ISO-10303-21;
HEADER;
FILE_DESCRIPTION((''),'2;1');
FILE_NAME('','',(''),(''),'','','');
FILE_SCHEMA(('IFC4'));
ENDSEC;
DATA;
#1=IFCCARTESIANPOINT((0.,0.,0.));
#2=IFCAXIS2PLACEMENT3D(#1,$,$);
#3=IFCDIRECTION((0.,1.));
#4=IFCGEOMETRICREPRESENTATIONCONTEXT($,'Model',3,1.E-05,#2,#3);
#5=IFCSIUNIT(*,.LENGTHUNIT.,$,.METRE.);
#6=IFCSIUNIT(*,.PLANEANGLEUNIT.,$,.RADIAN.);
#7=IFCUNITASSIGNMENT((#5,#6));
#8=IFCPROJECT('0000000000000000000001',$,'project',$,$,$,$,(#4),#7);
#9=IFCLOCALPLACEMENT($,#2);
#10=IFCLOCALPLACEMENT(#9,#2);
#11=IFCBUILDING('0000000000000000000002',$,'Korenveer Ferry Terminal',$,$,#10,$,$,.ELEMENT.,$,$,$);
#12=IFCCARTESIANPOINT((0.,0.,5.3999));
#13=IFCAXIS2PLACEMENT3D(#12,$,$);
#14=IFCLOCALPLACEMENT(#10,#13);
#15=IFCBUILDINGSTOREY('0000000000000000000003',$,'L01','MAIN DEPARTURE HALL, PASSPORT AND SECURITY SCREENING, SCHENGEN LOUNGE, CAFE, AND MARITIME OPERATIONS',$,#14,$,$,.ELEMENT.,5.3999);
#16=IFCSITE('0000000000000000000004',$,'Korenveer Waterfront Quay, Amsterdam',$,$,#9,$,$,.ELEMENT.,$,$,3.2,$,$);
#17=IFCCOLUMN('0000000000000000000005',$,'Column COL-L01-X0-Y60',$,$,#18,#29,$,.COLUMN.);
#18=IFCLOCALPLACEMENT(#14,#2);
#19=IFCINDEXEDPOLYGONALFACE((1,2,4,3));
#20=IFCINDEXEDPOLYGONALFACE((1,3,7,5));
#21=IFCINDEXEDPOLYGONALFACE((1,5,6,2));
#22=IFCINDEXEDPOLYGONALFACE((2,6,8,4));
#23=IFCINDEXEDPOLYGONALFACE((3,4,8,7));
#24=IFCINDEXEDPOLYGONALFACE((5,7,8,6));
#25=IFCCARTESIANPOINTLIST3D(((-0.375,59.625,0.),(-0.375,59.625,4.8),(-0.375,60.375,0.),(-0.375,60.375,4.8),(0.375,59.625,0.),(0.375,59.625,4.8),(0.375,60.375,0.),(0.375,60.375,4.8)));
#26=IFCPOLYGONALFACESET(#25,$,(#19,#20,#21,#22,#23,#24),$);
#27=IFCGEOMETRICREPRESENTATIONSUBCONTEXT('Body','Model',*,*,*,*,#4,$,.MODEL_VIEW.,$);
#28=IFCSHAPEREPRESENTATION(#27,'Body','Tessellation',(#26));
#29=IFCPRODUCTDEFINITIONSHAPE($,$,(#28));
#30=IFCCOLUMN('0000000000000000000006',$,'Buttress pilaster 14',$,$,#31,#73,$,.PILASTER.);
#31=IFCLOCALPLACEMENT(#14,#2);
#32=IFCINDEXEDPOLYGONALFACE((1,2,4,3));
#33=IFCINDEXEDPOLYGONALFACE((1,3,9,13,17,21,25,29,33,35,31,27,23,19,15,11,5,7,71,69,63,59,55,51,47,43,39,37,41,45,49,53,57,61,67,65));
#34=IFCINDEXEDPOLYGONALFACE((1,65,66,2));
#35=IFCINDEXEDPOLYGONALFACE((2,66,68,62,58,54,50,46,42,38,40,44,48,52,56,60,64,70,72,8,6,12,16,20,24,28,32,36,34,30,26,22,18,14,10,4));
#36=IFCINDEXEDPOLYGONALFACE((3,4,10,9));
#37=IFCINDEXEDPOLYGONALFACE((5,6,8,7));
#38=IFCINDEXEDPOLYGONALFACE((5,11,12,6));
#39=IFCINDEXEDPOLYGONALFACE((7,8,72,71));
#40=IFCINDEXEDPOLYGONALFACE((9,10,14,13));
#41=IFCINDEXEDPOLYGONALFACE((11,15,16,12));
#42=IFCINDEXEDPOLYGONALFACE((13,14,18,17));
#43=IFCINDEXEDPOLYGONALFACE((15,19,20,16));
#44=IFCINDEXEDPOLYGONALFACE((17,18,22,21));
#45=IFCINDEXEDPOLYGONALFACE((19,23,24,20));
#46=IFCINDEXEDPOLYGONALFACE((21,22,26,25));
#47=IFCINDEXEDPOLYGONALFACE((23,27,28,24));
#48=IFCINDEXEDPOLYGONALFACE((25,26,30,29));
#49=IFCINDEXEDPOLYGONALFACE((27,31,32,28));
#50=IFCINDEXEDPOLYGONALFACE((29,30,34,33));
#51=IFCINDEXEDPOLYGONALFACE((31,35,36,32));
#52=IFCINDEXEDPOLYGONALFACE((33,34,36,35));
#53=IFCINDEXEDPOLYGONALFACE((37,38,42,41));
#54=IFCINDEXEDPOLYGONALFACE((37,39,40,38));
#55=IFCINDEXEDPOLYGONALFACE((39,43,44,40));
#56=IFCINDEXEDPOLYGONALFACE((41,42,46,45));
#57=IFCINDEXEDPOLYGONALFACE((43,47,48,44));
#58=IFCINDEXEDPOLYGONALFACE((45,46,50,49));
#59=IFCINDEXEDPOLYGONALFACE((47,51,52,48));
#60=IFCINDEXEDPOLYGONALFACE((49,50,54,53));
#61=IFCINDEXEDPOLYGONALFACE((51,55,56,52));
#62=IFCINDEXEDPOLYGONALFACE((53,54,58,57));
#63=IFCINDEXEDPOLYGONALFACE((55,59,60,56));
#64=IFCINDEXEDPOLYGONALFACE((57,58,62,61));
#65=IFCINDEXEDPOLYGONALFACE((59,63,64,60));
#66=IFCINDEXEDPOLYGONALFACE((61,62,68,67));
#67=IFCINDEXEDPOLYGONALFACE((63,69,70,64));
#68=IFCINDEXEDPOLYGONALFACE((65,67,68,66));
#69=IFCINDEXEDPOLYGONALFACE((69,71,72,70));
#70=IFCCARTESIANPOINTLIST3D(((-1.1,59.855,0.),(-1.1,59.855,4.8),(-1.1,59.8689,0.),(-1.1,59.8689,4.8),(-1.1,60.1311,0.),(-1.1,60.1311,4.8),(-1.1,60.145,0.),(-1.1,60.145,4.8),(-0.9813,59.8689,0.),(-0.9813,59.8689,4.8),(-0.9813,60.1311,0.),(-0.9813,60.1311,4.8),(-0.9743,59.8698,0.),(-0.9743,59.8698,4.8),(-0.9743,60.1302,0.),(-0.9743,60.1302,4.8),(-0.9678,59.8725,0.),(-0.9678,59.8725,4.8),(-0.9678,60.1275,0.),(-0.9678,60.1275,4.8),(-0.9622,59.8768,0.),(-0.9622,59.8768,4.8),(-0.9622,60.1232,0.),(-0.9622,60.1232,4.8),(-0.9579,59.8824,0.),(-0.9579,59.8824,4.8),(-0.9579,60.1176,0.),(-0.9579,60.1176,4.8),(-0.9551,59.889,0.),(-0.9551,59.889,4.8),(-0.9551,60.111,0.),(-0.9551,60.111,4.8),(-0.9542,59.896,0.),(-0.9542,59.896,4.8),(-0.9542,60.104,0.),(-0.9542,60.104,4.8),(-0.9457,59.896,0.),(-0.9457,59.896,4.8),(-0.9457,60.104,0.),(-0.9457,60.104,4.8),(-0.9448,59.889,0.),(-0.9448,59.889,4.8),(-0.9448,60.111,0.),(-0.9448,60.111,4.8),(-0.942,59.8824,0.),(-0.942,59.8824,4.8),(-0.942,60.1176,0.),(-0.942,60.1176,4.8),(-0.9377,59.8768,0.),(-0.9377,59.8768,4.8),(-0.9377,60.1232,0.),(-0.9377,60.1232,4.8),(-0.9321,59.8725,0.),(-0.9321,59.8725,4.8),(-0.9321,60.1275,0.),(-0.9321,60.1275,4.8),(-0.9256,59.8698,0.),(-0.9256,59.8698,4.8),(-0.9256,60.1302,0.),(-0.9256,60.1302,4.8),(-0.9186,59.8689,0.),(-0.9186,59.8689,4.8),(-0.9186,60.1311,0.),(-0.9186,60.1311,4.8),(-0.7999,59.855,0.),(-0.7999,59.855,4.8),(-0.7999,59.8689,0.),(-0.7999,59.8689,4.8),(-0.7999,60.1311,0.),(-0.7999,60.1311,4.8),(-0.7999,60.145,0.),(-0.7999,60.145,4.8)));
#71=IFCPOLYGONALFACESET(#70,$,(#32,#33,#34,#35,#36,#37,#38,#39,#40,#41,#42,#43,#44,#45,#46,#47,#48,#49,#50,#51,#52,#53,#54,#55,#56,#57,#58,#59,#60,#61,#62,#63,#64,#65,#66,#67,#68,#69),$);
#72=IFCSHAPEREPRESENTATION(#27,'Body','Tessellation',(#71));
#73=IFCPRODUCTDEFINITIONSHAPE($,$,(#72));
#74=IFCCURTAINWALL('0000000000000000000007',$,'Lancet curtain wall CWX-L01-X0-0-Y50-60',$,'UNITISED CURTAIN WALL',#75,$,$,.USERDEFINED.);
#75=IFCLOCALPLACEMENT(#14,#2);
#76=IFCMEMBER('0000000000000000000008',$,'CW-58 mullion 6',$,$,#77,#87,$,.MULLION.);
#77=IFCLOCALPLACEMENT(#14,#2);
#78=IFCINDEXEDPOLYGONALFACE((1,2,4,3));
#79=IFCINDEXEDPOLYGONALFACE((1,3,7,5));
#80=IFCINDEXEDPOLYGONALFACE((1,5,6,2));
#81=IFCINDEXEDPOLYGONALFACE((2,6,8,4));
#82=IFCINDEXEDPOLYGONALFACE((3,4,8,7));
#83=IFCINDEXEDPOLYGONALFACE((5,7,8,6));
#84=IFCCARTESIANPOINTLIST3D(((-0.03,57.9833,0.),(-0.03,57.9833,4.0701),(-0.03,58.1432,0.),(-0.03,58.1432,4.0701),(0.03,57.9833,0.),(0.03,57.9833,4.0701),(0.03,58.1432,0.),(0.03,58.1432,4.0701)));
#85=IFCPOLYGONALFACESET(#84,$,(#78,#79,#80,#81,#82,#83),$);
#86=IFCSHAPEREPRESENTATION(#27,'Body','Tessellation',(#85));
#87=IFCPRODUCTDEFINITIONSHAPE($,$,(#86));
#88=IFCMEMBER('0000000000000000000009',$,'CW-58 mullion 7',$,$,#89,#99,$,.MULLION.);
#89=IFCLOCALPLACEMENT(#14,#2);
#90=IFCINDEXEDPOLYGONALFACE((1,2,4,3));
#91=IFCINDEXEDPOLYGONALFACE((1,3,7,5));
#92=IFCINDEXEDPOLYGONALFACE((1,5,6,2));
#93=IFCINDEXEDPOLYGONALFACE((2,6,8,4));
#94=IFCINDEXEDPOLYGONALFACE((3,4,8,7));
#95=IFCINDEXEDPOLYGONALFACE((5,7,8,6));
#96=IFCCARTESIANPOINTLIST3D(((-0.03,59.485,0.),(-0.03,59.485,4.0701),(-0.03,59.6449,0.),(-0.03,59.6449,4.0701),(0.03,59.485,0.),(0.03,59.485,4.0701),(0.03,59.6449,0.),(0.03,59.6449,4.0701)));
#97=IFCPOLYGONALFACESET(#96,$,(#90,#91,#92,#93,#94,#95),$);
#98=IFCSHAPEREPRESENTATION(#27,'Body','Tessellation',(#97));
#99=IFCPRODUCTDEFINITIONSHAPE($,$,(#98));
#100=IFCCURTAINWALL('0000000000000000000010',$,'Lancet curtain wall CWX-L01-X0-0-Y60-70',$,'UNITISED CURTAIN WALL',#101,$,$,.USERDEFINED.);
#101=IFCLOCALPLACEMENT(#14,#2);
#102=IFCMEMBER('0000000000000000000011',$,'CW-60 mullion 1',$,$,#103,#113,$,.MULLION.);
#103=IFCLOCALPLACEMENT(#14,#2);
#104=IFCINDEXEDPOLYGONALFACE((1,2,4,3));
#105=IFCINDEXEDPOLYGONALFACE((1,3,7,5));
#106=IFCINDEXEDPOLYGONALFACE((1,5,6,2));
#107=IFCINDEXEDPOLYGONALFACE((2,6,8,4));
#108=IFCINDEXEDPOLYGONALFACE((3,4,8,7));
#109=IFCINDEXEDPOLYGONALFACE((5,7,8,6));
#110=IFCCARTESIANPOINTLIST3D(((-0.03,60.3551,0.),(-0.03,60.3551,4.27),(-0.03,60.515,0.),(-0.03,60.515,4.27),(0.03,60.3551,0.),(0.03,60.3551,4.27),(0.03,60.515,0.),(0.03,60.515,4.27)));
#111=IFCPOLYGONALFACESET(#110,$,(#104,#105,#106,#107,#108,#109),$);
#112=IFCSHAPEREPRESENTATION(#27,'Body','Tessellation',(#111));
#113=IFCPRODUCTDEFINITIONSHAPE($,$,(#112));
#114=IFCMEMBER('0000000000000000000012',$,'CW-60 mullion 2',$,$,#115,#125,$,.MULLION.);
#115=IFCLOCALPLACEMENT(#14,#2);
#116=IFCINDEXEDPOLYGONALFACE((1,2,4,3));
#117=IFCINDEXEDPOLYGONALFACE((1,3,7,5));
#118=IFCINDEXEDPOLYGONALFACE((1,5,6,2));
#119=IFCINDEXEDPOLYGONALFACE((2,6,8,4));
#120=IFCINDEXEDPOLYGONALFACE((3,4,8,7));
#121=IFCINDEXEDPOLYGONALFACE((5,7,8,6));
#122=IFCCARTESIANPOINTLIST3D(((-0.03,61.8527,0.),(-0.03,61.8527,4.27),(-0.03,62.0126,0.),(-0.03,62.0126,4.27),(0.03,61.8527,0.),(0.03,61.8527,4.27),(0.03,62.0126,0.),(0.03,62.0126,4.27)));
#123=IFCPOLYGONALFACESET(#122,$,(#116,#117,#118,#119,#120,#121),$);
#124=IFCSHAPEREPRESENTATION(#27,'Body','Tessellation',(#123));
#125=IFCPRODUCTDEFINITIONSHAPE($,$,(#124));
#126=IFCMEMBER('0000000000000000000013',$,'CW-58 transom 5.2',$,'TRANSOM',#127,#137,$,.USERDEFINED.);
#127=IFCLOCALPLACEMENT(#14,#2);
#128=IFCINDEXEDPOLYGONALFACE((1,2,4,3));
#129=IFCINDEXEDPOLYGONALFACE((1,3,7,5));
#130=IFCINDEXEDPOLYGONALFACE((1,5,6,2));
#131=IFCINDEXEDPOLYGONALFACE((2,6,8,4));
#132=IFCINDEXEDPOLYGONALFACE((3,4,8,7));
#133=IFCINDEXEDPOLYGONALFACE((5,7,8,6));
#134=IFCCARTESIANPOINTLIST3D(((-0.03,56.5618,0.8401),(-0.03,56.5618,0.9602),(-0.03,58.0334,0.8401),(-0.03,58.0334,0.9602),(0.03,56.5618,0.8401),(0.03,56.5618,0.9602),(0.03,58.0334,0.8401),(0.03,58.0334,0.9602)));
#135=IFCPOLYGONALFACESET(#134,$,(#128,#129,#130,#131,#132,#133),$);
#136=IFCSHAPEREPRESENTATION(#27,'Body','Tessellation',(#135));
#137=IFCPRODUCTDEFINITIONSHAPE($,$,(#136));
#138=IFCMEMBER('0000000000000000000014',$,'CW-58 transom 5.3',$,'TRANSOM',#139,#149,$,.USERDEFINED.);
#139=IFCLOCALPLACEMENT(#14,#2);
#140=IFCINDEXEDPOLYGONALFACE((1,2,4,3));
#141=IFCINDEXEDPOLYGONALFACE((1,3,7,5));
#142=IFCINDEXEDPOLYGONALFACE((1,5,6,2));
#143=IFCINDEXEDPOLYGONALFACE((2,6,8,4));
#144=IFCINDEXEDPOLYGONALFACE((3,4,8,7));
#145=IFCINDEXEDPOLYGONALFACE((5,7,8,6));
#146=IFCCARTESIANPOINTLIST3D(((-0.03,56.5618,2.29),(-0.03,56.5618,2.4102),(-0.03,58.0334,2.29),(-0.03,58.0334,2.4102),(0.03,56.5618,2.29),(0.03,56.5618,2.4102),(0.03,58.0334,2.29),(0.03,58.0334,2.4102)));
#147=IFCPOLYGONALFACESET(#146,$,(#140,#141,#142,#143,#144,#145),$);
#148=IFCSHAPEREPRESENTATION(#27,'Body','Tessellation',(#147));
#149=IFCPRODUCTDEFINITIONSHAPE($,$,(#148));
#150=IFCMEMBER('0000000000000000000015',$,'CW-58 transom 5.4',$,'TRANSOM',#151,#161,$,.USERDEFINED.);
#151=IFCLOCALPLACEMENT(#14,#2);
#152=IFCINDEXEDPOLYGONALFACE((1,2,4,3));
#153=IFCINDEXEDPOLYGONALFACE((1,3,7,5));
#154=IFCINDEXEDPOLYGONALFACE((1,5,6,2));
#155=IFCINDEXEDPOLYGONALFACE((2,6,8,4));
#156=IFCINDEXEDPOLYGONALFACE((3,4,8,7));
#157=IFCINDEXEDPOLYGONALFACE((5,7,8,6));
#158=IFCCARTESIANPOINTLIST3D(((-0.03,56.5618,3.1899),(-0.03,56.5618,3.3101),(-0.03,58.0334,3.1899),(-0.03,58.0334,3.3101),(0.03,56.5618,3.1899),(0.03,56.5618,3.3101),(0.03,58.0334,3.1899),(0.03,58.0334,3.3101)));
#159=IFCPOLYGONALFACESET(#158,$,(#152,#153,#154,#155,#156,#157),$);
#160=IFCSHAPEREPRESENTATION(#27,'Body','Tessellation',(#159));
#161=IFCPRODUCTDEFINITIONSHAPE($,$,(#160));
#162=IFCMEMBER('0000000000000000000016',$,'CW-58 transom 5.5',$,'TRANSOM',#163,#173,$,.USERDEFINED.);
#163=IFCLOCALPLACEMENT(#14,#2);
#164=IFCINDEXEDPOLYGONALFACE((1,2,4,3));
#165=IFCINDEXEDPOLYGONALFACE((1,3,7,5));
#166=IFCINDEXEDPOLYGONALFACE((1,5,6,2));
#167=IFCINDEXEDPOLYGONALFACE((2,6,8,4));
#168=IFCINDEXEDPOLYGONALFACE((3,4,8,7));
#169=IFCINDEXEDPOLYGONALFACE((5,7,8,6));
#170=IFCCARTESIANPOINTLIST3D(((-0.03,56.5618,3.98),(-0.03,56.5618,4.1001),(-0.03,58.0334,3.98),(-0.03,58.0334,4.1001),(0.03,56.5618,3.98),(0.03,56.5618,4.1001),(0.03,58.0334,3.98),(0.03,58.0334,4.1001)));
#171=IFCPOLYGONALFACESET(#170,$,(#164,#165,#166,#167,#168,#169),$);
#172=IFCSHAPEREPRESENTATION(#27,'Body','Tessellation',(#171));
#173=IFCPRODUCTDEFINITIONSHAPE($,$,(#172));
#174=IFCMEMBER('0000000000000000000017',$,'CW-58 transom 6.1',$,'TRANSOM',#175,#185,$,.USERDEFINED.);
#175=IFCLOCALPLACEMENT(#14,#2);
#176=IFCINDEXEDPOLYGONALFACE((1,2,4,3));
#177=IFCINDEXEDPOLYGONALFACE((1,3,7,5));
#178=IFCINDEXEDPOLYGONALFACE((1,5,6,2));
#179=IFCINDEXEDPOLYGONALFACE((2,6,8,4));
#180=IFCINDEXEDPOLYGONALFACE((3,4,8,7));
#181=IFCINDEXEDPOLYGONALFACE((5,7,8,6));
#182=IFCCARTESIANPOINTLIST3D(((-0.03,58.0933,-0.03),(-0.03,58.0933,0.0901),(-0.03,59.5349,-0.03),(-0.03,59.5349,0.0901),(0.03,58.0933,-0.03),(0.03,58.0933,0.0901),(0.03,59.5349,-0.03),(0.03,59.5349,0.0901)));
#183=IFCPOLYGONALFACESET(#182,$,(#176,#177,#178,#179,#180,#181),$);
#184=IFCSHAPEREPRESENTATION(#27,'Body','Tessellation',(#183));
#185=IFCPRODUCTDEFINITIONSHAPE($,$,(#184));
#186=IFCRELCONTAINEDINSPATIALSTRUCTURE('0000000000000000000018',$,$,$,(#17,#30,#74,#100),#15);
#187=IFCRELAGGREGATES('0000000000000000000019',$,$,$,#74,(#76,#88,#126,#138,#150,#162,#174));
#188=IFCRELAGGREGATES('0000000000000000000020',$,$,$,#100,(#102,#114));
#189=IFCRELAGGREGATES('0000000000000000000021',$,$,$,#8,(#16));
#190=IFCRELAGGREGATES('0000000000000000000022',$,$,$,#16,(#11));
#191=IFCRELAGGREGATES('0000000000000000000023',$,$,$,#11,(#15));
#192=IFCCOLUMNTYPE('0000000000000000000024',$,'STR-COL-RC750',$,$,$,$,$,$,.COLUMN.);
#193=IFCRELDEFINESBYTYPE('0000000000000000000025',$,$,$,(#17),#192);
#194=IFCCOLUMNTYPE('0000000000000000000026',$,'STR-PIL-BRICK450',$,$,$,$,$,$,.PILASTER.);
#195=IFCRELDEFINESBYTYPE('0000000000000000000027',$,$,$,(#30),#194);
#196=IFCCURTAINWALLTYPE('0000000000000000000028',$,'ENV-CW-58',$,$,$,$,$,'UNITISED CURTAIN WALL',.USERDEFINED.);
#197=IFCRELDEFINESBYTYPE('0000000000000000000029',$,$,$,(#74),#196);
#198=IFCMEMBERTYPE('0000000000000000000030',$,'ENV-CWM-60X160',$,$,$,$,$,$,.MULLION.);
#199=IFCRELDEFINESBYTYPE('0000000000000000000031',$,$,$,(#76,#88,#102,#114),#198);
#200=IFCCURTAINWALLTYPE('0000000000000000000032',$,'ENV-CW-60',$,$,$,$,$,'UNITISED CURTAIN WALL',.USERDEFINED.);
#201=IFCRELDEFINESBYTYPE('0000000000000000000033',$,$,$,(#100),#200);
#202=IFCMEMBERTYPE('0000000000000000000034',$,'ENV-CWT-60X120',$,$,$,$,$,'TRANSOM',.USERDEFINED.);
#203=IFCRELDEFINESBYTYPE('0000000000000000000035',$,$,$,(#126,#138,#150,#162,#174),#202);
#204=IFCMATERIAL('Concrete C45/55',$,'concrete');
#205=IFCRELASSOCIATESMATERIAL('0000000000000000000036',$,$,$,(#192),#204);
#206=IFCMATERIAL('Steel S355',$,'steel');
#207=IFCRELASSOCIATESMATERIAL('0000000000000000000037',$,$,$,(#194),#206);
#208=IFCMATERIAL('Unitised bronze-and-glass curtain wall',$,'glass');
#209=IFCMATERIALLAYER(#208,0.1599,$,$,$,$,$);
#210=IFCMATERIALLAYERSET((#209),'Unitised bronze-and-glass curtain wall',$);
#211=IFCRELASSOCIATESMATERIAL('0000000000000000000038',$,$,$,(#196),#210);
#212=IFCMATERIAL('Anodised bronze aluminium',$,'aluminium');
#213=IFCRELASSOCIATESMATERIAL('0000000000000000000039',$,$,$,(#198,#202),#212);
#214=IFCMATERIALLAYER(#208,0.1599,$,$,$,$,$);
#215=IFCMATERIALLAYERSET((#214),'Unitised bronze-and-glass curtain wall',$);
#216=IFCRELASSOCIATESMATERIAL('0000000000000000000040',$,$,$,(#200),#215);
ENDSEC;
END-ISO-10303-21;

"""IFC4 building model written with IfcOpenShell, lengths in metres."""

from ifc_helpers import new_model, si_unit, direction, frame, origin, origin_2d, place, context, subcontext, project, spatial, rectangle, i_section, extrude, material, layer, layer_set, material_profile, profile_set, type_object, element, aggregate, save


model = new_model("IFC4")

# Units and contexts
model_context = context("Model", 3, precision=1e-05, world=origin(), true_north=direction((0.0, 1.0)))
body_context = subcontext(model_context, "Body", "Model", "MODEL_VIEW")
ifc_project = project(units=[si_unit("LENGTHUNIT", "METRE"), si_unit("PLANEANGLEUNIT", "RADIAN")], contexts=[model_context])

# Site, building, storey
site_placement = place(None, origin())
site = spatial("IfcSite", under=ifc_project, at=site_placement, Name="Korenveer Waterfront Quay, Amsterdam", CompositionType="ELEMENT", RefElevation=3.2)
building_placement = place(site_placement, origin())
building = spatial("IfcBuilding", under=site, at=building_placement, Name="Korenveer Ferry Terminal", CompositionType="ELEMENT")
storey_placement = place(building_placement, frame((0.0, 0.0, 5.3999)))
storey = spatial("IfcBuildingStorey", under=building, at=storey_placement, Name="L01", Description="MAIN DEPARTURE HALL, PASSPORT AND SECURITY SCREENING, SCHENGEN LOUNGE, CAFE, AND MARITIME OPERATIONS", CompositionType="ELEMENT", Elevation=5.3999)

# Columns
ifc_material_1 = material(Name="Concrete C45/55", Category="concrete")
ifc_material_profile_1 = material_profile(ifc_material_1, rectangle(XDim=0.75, YDim=0.75, at=origin_2d()), Name="RC 750x750")
ifc_profile_set_1 = profile_set([ifc_material_profile_1], Name="Concrete C45/55")
column_type_1 = type_object("IfcColumnType", Name="STR-COL-RC750", PredefinedType="COLUMN", material=ifc_profile_set_1)
column_1_placement = place(storey_placement, frame((0.0, 60.0, 0.0), z_axis=(0.0, 0.0, 1.0), x_axis=(1.0, 0.0, 0.0)))
element("IfcColumn", 1, at=column_1_placement, inside=storey, type_object=column_type_1, Name="Column COL-L01-X0-Y60", PredefinedType="COLUMN", context=body_context, shape_type="SweptSolid", body=[
    extrude(rectangle(XDim=0.75, YDim=0.75, at=origin_2d()), origin(), (0.0, 0.0, 1.0), 4.8),
])
ifc_material_2 = material(Name="Steel S355", Category="steel")
ifc_material_profile_2 = material_profile(ifc_material_2, i_section(OverallWidth=0.3, OverallDepth=0.29, WebThickness=0.0085, FlangeThickness=0.0139, FilletRadius=0.0271, at=origin_2d()), Name="HEA 300")
ifc_profile_set_2 = profile_set([ifc_material_profile_2], Name="Steel S355")
column_type_2 = type_object("IfcColumnType", Name="STR-PIL-BRICK450", PredefinedType="PILASTER", material=ifc_profile_set_2)
column_2_placement = place(storey_placement, frame((-0.95, 60.0, 0.0), z_axis=(0.0, 0.0, 1.0), x_axis=(1.0, 0.0, 0.0)))
element("IfcColumn", 2, at=column_2_placement, inside=storey, type_object=column_type_2, Name="Buttress pilaster 14", PredefinedType="PILASTER", context=body_context, shape_type="SweptSolid", body=[
    extrude(i_section(OverallWidth=0.3, OverallDepth=0.29, WebThickness=0.0085, FlangeThickness=0.0139, FilletRadius=0.0271, at=origin_2d()), origin(), (0.0, 0.0, 1.0), 4.8),
])

# Curtain walls, members
ifc_material_3 = material(Name="Unitised bronze-and-glass curtain wall", Category="glass")
ifc_layer_1 = layer(ifc_material_3, 0.1599)
ifc_layer_set_1 = layer_set([ifc_layer_1], Name="Unitised bronze-and-glass curtain wall")
curtain_wall_type_1 = type_object("IfcCurtainWallType", Name="ENV-CW-58", ElementType="UNITISED CURTAIN WALL", PredefinedType="USERDEFINED", material=ifc_layer_set_1)
curtain_wall_1_placement = place(storey_placement, frame((0.0, 50.405, 0.0)))
curtain_wall_1 = element("IfcCurtainWall", 3, at=curtain_wall_1_placement, inside=storey, type_object=curtain_wall_type_1, Name="Lancet curtain wall CWX-L01-X0-0-Y50-60", ObjectType="UNITISED CURTAIN WALL", PredefinedType="USERDEFINED")
ifc_material_4 = material(Name="Anodised bronze aluminium", Category="aluminium")
ifc_material_profile_3 = material_profile(ifc_material_4, rectangle(XDim=0.0601, YDim=0.1599, at=origin_2d()), Name="ALU 60x160")
ifc_profile_set_3 = profile_set([ifc_material_profile_3], Name="Anodised bronze aluminium")
member_type_1 = type_object("IfcMemberType", Name="ENV-CWM-60X160", PredefinedType="MULLION", material=ifc_profile_set_3)
member_1_placement = place(storey_placement, frame((0.0, 58.0632, 0.0), z_axis=(0.0, 0.0, 1.0), x_axis=(-1.0, 0.0, 0.0)))
member_1 = element("IfcMember", 4, at=member_1_placement, type_object=member_type_1, Name="CW-58 mullion 6", PredefinedType="MULLION", context=body_context, shape_type="SweptSolid", body=[
    extrude(rectangle(XDim=0.0601, YDim=0.1599, at=origin_2d()), origin(), (0.0, 0.0, 1.0), 4.0701),
])
member_2_placement = place(storey_placement, frame((0.0, 59.5649, 0.0), z_axis=(0.0, 0.0, 1.0), x_axis=(-1.0, 0.0, 0.0)))
member_2 = element("IfcMember", 5, at=member_2_placement, type_object=member_type_1, Name="CW-58 mullion 7", PredefinedType="MULLION", context=body_context, shape_type="SweptSolid", body=[
    extrude(rectangle(XDim=0.0601, YDim=0.1599, at=origin_2d()), origin(), (0.0, 0.0, 1.0), 4.0701),
])
ifc_layer_2 = layer(ifc_material_3, 0.1599)
ifc_layer_set_2 = layer_set([ifc_layer_2], Name="Unitised bronze-and-glass curtain wall")
curtain_wall_type_2 = type_object("IfcCurtainWallType", Name="ENV-CW-60", ElementType="UNITISED CURTAIN WALL", PredefinedType="USERDEFINED", material=ifc_layer_set_2)
curtain_wall_2_placement = place(storey_placement, frame((0.0, 60.405, 0.0)))
curtain_wall_2 = element("IfcCurtainWall", 6, at=curtain_wall_2_placement, inside=storey, type_object=curtain_wall_type_2, Name="Lancet curtain wall CWX-L01-X0-0-Y60-70", ObjectType="UNITISED CURTAIN WALL", PredefinedType="USERDEFINED")
member_3_placement = place(storey_placement, frame((0.0, 60.4351, 0.0), z_axis=(0.0, 0.0, 1.0), x_axis=(-1.0, 0.0, 0.0)))
member_3 = element("IfcMember", 7, at=member_3_placement, type_object=member_type_1, Name="CW-60 mullion 1", PredefinedType="MULLION", context=body_context, shape_type="SweptSolid", body=[
    extrude(rectangle(XDim=0.0601, YDim=0.1599, at=origin_2d()), origin(), (0.0, 0.0, 1.0), 4.27),
])
member_4_placement = place(storey_placement, frame((0.0, 61.9326, 0.0), z_axis=(0.0, 0.0, 1.0), x_axis=(-1.0, 0.0, 0.0)))
member_4 = element("IfcMember", 8, at=member_4_placement, type_object=member_type_1, Name="CW-60 mullion 2", PredefinedType="MULLION", context=body_context, shape_type="SweptSolid", body=[
    extrude(rectangle(XDim=0.0601, YDim=0.1599, at=origin_2d()), origin(), (0.0, 0.0, 1.0), 4.27),
])

# Members
ifc_material_profile_4 = material_profile(ifc_material_4, rectangle(XDim=0.0601, YDim=0.1201, at=origin_2d()), Name="ALU 60x120")
ifc_profile_set_4 = profile_set([ifc_material_profile_4], Name="Anodised bronze aluminium")
member_type_2 = type_object("IfcMemberType", Name="ENV-CWT-60X120", ElementType="TRANSOM", PredefinedType="USERDEFINED", material=ifc_profile_set_4)
member_5_placement = place(storey_placement, frame((0.0, 56.5618, 0.9001), z_axis=(0.0, 1.0, 0.0), x_axis=(-1.0, 0.0, 0.0)))
member_5 = element("IfcMember", 9, at=member_5_placement, type_object=member_type_2, Name="CW-58 transom 5.2", ObjectType="TRANSOM", PredefinedType="USERDEFINED", context=body_context, shape_type="SweptSolid", body=[
    extrude(rectangle(XDim=0.0601, YDim=0.1201, at=origin_2d()), origin(), (0.0, 0.0, 1.0), 1.4717),
])
member_6_placement = place(storey_placement, frame((0.0, 56.5618, 2.3501), z_axis=(0.0, 1.0, 0.0), x_axis=(-1.0, 0.0, 0.0)))
member_6 = element("IfcMember", 10, at=member_6_placement, type_object=member_type_2, Name="CW-58 transom 5.3", ObjectType="TRANSOM", PredefinedType="USERDEFINED", context=body_context, shape_type="SweptSolid", body=[
    extrude(rectangle(XDim=0.0601, YDim=0.1201, at=origin_2d()), origin(), (0.0, 0.0, 1.0), 1.4717),
])
member_7_placement = place(storey_placement, frame((0.0, 56.5618, 3.25), z_axis=(0.0, 1.0, 0.0), x_axis=(-1.0, 0.0, 0.0)))
member_7 = element("IfcMember", 11, at=member_7_placement, type_object=member_type_2, Name="CW-58 transom 5.4", ObjectType="TRANSOM", PredefinedType="USERDEFINED", context=body_context, shape_type="SweptSolid", body=[
    extrude(rectangle(XDim=0.0601, YDim=0.1201, at=origin_2d()), origin(), (0.0, 0.0, 1.0), 1.4717),
])
member_8_placement = place(storey_placement, frame((0.0, 56.5618, 4.04), z_axis=(0.0, 1.0, 0.0), x_axis=(-1.0, 0.0, 0.0)))
member_8 = element("IfcMember", 12, at=member_8_placement, type_object=member_type_2, Name="CW-58 transom 5.5", ObjectType="TRANSOM", PredefinedType="USERDEFINED", context=body_context, shape_type="SweptSolid", body=[
    extrude(rectangle(XDim=0.0601, YDim=0.1201, at=origin_2d()), origin(), (0.0, 0.0, 1.0), 1.4717),
])
member_9_placement = place(storey_placement, frame((0.0, 58.0933, 0.03), z_axis=(0.0, 1.0, 0.0), x_axis=(-1.0, 0.0, 0.0)))
member_9 = element("IfcMember", 13, at=member_9_placement, type_object=member_type_2, Name="CW-58 transom 6.1", ObjectType="TRANSOM", PredefinedType="USERDEFINED", context=body_context, shape_type="SweptSolid", body=[
    extrude(rectangle(XDim=0.0601, YDim=0.1201, at=origin_2d()), origin(), (0.0, 0.0, 1.0), 1.4417),
])

aggregate(curtain_wall_1, [member_1, member_2, member_5, member_6, member_7, member_8, member_9])
aggregate(curtain_wall_2, [member_3, member_4])

save(model, "model.ifc")
